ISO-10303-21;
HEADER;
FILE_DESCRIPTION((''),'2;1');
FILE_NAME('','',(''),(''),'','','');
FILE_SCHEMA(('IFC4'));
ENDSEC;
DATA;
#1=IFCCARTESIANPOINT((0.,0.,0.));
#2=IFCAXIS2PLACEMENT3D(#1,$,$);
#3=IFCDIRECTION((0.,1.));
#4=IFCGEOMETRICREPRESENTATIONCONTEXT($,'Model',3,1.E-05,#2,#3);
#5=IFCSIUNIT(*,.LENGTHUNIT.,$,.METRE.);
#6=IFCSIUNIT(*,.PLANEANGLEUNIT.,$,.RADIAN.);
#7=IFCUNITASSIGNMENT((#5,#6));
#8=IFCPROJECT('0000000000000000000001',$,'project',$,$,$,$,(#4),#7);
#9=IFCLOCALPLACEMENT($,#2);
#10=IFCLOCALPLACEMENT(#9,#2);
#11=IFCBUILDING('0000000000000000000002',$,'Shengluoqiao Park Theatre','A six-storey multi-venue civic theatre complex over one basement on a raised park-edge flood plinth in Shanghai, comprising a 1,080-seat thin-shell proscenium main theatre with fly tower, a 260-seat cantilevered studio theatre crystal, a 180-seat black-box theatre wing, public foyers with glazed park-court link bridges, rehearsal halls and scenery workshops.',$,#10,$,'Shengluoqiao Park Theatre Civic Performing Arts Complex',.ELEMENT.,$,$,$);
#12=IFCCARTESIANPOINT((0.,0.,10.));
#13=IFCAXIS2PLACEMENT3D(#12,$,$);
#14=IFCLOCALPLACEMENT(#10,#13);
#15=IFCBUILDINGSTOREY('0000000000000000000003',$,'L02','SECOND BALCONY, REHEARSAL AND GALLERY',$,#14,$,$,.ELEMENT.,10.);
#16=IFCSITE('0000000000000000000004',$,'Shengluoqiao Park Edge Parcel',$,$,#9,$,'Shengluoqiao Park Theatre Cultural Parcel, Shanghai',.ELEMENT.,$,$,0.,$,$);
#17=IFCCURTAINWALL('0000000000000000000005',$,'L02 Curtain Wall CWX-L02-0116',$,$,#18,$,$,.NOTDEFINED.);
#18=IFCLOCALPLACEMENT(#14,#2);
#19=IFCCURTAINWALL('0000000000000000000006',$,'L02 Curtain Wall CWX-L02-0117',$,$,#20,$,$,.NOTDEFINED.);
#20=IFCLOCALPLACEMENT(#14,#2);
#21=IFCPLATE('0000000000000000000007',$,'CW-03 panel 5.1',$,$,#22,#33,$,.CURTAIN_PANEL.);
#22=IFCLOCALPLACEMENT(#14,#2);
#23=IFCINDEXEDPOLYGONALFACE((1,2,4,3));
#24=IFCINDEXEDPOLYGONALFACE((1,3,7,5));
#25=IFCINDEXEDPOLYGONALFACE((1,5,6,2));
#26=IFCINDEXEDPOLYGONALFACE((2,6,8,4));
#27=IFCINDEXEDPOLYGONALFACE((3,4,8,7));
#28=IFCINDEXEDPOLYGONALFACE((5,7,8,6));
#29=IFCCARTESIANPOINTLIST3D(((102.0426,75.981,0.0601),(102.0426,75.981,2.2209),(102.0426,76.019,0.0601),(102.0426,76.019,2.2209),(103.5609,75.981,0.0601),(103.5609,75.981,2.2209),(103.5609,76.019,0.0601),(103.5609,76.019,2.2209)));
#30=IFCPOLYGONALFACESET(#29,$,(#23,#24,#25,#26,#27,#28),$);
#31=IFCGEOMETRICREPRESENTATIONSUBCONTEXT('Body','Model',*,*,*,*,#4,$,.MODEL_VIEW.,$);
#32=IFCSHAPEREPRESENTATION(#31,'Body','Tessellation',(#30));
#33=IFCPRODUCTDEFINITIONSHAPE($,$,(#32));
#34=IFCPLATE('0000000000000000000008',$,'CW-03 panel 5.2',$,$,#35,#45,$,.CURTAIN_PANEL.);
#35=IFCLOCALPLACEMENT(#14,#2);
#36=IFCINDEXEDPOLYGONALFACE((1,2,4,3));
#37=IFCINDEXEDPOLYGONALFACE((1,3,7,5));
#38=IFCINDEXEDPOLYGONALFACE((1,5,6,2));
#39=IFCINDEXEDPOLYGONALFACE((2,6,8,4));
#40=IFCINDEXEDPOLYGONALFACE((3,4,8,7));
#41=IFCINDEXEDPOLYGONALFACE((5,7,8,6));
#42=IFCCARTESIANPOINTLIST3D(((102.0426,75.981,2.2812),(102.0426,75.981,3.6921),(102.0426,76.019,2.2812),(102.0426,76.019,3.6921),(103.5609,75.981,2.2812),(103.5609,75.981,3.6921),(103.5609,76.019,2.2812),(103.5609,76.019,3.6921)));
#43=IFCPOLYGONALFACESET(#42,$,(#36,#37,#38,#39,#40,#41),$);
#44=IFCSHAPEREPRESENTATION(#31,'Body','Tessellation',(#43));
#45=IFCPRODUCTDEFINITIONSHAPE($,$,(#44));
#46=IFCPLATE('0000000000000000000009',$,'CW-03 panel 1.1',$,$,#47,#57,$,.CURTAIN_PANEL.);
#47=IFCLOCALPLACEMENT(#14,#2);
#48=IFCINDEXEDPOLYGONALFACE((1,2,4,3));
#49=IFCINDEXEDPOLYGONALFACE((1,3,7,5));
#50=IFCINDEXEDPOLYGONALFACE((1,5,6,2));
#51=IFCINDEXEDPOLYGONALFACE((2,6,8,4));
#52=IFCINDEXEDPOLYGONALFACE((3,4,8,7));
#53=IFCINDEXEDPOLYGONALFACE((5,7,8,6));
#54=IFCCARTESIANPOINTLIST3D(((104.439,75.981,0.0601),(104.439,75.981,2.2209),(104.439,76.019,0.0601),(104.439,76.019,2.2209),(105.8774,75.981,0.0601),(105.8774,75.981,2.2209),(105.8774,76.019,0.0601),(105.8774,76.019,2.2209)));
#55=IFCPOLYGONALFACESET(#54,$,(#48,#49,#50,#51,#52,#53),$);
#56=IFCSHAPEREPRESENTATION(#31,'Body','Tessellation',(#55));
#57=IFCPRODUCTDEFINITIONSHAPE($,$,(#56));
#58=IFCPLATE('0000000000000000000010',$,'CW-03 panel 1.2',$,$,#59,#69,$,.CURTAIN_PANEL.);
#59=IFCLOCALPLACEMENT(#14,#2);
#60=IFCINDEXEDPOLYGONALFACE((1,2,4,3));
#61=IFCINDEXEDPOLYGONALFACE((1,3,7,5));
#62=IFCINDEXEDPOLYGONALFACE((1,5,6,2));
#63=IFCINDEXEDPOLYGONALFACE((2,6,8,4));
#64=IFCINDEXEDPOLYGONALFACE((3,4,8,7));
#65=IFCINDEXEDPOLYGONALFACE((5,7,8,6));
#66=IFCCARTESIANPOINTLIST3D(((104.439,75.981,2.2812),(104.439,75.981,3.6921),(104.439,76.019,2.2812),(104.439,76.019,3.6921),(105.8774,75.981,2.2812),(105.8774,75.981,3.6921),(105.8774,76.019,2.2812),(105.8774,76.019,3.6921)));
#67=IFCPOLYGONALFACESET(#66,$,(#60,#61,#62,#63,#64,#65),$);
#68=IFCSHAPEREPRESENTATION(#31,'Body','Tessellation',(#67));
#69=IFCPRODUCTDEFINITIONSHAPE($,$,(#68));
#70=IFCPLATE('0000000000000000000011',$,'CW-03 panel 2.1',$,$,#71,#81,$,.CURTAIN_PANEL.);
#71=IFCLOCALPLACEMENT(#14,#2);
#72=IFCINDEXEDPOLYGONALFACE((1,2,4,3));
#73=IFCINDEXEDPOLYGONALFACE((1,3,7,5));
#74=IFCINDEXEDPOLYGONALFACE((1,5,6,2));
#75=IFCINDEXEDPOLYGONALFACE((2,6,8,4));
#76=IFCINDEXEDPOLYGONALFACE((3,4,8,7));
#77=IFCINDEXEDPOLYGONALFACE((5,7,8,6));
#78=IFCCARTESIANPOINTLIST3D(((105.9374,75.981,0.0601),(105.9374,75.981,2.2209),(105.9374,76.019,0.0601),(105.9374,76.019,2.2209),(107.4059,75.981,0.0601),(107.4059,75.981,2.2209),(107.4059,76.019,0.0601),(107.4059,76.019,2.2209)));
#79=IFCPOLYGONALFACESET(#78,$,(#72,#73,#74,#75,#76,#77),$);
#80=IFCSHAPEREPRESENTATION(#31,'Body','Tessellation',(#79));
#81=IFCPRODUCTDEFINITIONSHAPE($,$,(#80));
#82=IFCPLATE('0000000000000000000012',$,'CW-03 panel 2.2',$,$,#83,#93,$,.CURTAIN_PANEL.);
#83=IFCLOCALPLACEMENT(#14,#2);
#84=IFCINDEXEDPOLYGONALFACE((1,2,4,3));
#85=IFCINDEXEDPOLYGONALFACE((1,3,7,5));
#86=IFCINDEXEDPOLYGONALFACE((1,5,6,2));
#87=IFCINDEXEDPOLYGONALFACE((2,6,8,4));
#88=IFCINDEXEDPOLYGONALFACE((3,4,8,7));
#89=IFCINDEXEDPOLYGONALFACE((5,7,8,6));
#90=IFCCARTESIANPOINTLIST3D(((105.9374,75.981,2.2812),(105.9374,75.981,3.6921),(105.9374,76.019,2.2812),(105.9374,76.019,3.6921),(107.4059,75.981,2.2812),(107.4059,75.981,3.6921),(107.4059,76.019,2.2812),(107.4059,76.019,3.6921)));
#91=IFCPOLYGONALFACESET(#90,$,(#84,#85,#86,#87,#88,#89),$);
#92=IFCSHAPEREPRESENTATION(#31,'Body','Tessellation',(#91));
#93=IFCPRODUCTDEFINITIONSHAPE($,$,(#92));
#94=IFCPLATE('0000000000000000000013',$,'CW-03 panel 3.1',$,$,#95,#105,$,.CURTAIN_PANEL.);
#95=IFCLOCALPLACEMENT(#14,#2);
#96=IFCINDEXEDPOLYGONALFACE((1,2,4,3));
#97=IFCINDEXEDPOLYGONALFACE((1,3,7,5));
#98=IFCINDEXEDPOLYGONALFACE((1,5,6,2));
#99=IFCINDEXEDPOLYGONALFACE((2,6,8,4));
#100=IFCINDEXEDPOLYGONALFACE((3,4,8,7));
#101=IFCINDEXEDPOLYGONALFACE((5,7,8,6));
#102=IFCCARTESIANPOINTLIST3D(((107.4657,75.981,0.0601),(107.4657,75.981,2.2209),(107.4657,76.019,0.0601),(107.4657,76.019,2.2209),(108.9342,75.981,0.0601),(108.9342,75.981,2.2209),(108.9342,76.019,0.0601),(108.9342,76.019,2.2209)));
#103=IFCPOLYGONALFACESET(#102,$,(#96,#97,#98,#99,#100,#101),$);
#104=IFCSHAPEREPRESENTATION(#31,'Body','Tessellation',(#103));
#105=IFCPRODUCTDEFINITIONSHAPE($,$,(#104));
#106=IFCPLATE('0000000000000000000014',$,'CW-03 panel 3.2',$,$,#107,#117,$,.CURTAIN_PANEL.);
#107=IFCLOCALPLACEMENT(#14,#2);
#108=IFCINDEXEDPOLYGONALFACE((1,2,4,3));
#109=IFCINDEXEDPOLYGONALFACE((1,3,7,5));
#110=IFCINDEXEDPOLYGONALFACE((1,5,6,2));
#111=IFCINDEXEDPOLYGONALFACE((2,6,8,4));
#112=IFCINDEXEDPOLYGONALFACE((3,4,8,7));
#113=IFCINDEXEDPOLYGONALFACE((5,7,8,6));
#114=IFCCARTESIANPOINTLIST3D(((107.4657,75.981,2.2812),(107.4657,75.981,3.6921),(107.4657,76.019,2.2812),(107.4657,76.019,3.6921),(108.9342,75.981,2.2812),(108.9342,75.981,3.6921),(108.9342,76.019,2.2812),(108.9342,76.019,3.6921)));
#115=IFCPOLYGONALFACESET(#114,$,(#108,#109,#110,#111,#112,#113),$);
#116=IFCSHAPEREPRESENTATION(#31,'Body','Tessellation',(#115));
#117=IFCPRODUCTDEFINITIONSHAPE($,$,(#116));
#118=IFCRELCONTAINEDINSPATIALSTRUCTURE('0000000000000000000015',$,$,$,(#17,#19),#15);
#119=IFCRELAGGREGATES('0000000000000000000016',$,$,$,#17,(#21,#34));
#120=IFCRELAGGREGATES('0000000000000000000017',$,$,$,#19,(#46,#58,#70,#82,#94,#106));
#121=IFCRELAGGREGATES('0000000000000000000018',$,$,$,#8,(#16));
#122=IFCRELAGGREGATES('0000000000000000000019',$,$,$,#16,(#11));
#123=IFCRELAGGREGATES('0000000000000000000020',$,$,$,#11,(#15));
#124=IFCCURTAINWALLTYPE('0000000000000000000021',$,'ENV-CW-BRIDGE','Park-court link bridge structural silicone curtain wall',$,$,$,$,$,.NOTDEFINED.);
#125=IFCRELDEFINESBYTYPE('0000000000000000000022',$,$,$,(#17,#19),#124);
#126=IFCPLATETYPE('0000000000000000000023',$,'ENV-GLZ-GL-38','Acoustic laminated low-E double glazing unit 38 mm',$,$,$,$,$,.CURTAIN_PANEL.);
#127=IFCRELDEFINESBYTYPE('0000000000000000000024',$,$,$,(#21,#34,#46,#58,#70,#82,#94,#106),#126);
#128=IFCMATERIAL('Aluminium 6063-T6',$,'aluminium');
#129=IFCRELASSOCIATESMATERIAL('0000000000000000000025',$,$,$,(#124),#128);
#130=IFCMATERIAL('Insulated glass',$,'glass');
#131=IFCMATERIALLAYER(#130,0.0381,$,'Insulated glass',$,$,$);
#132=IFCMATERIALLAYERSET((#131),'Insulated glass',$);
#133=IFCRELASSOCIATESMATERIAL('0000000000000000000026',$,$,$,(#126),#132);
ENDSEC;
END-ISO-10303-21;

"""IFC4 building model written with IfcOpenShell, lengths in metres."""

from ifc_helpers import new_model, si_unit, direction, frame, origin, origin_2d, place, context, subcontext, project, spatial, rectangle, extrude, material, layer, layer_set, type_object, element, aggregate, save


model = new_model("IFC4")

# Units and contexts
model_context = context("Model", 3, precision=1e-05, world=origin(), true_north=direction((0.0, 1.0)))
body_context = subcontext(model_context, "Body", "Model", "MODEL_VIEW")
ifc_project = project(units=[si_unit("LENGTHUNIT", "METRE"), si_unit("PLANEANGLEUNIT", "RADIAN")], contexts=[model_context])

# Site, building, storey
site_placement = place(None, origin())
site = spatial("IfcSite", under=ifc_project, at=site_placement, Name="Shengluoqiao Park Edge Parcel", LongName="Shengluoqiao Park Theatre Cultural Parcel, Shanghai", CompositionType="ELEMENT", RefElevation=0.0)
building_placement = place(site_placement, origin())
building = spatial("IfcBuilding", under=site, at=building_placement, Name="Shengluoqiao Park Theatre", Description="A six-storey multi-venue civic theatre complex over one basement on a raised park-edge flood plinth in Shanghai, comprising a 1,080-seat thin-shell proscenium main theatre with fly tower, a 260-seat cantilevered studio theatre crystal, a 180-seat black-box theatre wing, public foyers with glazed park-court link bridges, rehearsal halls and scenery workshops.", LongName="Shengluoqiao Park Theatre Civic Performing Arts Complex", CompositionType="ELEMENT")
storey_placement = place(building_placement, frame((0.0, 0.0, 10.0)))
storey = spatial("IfcBuildingStorey", under=building, at=storey_placement, Name="L02", Description="SECOND BALCONY, REHEARSAL AND GALLERY", CompositionType="ELEMENT", Elevation=10.0)

# Curtain wall
ifc_material_1 = material(Name="Aluminium 6063-T6", Category="aluminium")
curtain_wall_type = type_object("IfcCurtainWallType", Name="ENV-CW-BRIDGE", Description="Park-court link bridge structural silicone curtain wall", PredefinedType="NOTDEFINED", material=ifc_material_1)
curtain_wall_1_placement = place(storey_placement, origin())
curtain_wall_1 = element("IfcCurtainWall", 1, at=curtain_wall_1_placement, inside=storey, type_object=curtain_wall_type, Name="L02 Curtain Wall CWX-L02-0116", PredefinedType="NOTDEFINED")

# Curtain wall
curtain_wall_2_placement = place(storey_placement, origin())
curtain_wall_2 = element("IfcCurtainWall", 2, at=curtain_wall_2_placement, inside=storey, type_object=curtain_wall_type, Name="L02 Curtain Wall CWX-L02-0117", PredefinedType="NOTDEFINED")

# Plates
ifc_material_2 = material(Name="Insulated glass", Category="glass")
ifc_layer = layer(ifc_material_2, 0.0381, Name="Insulated glass")
ifc_layer_set = layer_set([ifc_layer], Name="Insulated glass")
plate_type = type_object("IfcPlateType", Name="ENV-GLZ-GL-38", Description="Acoustic laminated low-E double glazing unit 38 mm", PredefinedType="CURTAIN_PANEL", material=ifc_layer_set)
plate_1_placement = place(storey_placement, frame((102.8018, 76.0, 0.0601), z_axis=(0.0, 0.0, 1.0), x_axis=(1.0, 0.0, 0.0)))
plate_1 = element("IfcPlate", 3, at=plate_1_placement, type_object=plate_type, Name="CW-03 panel 5.1", PredefinedType="CURTAIN_PANEL", context=body_context, shape_type="SweptSolid", body=[
    extrude(rectangle(XDim=1.5183, YDim=0.0381, at=origin_2d()), origin(), (0.0, 0.0, 1.0), 2.1609),
])
plate_2_placement = place(storey_placement, frame((102.8018, 76.0, 2.2812), z_axis=(0.0, 0.0, 1.0), x_axis=(1.0, 0.0, 0.0)))
plate_2 = element("IfcPlate", 4, at=plate_2_placement, type_object=plate_type, Name="CW-03 panel 5.2", PredefinedType="CURTAIN_PANEL", context=body_context, shape_type="SweptSolid", body=[
    extrude(rectangle(XDim=1.5183, YDim=0.0381, at=origin_2d()), origin(), (0.0, 0.0, 1.0), 1.4109),
])
aggregate(curtain_wall_1, [plate_1, plate_2])
plate_3_placement = place(storey_placement, frame((105.1582, 76.0, 0.0601), z_axis=(0.0, 0.0, 1.0), x_axis=(1.0, 0.0, 0.0)))
plate_3 = element("IfcPlate", 5, at=plate_3_placement, type_object=plate_type, Name="CW-03 panel 1.1", PredefinedType="CURTAIN_PANEL", context=body_context, shape_type="SweptSolid", body=[
    extrude(rectangle(XDim=1.4385, YDim=0.0381, at=origin_2d()), origin(), (0.0, 0.0, 1.0), 2.1609),
])
plate_4_placement = place(storey_placement, frame((105.1582, 76.0, 2.2812), z_axis=(0.0, 0.0, 1.0), x_axis=(1.0, 0.0, 0.0)))
plate_4 = element("IfcPlate", 6, at=plate_4_placement, type_object=plate_type, Name="CW-03 panel 1.2", PredefinedType="CURTAIN_PANEL", context=body_context, shape_type="SweptSolid", body=[
    extrude(rectangle(XDim=1.4385, YDim=0.0381, at=origin_2d()), origin(), (0.0, 0.0, 1.0), 1.4109),
])
plate_5_placement = place(storey_placement, frame((106.6716, 76.0, 0.0601), z_axis=(0.0, 0.0, 1.0), x_axis=(1.0, 0.0, 0.0)))
plate_5 = element("IfcPlate", 7, at=plate_5_placement, type_object=plate_type, Name="CW-03 panel 2.1", PredefinedType="CURTAIN_PANEL", context=body_context, shape_type="SweptSolid", body=[
    extrude(rectangle(XDim=1.4685, YDim=0.0381, at=origin_2d()), origin(), (0.0, 0.0, 1.0), 2.1609),
])
plate_6_placement = place(storey_placement, frame((106.6716, 76.0, 2.2812), z_axis=(0.0, 0.0, 1.0), x_axis=(1.0, 0.0, 0.0)))
plate_6 = element("IfcPlate", 8, at=plate_6_placement, type_object=plate_type, Name="CW-03 panel 2.2", PredefinedType="CURTAIN_PANEL", context=body_context, shape_type="SweptSolid", body=[
    extrude(rectangle(XDim=1.4685, YDim=0.0381, at=origin_2d()), origin(), (0.0, 0.0, 1.0), 1.4109),
])
plate_7_placement = place(storey_placement, frame((108.2, 76.0, 0.0601), z_axis=(0.0, 0.0, 1.0), x_axis=(1.0, 0.0, 0.0)))
plate_7 = element("IfcPlate", 9, at=plate_7_placement, type_object=plate_type, Name="CW-03 panel 3.1", PredefinedType="CURTAIN_PANEL", context=body_context, shape_type="SweptSolid", body=[
    extrude(rectangle(XDim=1.4685, YDim=0.0381, at=origin_2d()), origin(), (0.0, 0.0, 1.0), 2.1609),
])
plate_8_placement = place(storey_placement, frame((108.2, 76.0, 2.2812), z_axis=(0.0, 0.0, 1.0), x_axis=(1.0, 0.0, 0.0)))
plate_8 = element("IfcPlate", 10, at=plate_8_placement, type_object=plate_type, Name="CW-03 panel 3.2", PredefinedType="CURTAIN_PANEL", context=body_context, shape_type="SweptSolid", body=[
    extrude(rectangle(XDim=1.4685, YDim=0.0381, at=origin_2d()), origin(), (0.0, 0.0, 1.0), 1.4109),
])
aggregate(curtain_wall_2, [plate_3, plate_4, plate_5, plate_6, plate_7, plate_8])

save(model, "model.ifc")
